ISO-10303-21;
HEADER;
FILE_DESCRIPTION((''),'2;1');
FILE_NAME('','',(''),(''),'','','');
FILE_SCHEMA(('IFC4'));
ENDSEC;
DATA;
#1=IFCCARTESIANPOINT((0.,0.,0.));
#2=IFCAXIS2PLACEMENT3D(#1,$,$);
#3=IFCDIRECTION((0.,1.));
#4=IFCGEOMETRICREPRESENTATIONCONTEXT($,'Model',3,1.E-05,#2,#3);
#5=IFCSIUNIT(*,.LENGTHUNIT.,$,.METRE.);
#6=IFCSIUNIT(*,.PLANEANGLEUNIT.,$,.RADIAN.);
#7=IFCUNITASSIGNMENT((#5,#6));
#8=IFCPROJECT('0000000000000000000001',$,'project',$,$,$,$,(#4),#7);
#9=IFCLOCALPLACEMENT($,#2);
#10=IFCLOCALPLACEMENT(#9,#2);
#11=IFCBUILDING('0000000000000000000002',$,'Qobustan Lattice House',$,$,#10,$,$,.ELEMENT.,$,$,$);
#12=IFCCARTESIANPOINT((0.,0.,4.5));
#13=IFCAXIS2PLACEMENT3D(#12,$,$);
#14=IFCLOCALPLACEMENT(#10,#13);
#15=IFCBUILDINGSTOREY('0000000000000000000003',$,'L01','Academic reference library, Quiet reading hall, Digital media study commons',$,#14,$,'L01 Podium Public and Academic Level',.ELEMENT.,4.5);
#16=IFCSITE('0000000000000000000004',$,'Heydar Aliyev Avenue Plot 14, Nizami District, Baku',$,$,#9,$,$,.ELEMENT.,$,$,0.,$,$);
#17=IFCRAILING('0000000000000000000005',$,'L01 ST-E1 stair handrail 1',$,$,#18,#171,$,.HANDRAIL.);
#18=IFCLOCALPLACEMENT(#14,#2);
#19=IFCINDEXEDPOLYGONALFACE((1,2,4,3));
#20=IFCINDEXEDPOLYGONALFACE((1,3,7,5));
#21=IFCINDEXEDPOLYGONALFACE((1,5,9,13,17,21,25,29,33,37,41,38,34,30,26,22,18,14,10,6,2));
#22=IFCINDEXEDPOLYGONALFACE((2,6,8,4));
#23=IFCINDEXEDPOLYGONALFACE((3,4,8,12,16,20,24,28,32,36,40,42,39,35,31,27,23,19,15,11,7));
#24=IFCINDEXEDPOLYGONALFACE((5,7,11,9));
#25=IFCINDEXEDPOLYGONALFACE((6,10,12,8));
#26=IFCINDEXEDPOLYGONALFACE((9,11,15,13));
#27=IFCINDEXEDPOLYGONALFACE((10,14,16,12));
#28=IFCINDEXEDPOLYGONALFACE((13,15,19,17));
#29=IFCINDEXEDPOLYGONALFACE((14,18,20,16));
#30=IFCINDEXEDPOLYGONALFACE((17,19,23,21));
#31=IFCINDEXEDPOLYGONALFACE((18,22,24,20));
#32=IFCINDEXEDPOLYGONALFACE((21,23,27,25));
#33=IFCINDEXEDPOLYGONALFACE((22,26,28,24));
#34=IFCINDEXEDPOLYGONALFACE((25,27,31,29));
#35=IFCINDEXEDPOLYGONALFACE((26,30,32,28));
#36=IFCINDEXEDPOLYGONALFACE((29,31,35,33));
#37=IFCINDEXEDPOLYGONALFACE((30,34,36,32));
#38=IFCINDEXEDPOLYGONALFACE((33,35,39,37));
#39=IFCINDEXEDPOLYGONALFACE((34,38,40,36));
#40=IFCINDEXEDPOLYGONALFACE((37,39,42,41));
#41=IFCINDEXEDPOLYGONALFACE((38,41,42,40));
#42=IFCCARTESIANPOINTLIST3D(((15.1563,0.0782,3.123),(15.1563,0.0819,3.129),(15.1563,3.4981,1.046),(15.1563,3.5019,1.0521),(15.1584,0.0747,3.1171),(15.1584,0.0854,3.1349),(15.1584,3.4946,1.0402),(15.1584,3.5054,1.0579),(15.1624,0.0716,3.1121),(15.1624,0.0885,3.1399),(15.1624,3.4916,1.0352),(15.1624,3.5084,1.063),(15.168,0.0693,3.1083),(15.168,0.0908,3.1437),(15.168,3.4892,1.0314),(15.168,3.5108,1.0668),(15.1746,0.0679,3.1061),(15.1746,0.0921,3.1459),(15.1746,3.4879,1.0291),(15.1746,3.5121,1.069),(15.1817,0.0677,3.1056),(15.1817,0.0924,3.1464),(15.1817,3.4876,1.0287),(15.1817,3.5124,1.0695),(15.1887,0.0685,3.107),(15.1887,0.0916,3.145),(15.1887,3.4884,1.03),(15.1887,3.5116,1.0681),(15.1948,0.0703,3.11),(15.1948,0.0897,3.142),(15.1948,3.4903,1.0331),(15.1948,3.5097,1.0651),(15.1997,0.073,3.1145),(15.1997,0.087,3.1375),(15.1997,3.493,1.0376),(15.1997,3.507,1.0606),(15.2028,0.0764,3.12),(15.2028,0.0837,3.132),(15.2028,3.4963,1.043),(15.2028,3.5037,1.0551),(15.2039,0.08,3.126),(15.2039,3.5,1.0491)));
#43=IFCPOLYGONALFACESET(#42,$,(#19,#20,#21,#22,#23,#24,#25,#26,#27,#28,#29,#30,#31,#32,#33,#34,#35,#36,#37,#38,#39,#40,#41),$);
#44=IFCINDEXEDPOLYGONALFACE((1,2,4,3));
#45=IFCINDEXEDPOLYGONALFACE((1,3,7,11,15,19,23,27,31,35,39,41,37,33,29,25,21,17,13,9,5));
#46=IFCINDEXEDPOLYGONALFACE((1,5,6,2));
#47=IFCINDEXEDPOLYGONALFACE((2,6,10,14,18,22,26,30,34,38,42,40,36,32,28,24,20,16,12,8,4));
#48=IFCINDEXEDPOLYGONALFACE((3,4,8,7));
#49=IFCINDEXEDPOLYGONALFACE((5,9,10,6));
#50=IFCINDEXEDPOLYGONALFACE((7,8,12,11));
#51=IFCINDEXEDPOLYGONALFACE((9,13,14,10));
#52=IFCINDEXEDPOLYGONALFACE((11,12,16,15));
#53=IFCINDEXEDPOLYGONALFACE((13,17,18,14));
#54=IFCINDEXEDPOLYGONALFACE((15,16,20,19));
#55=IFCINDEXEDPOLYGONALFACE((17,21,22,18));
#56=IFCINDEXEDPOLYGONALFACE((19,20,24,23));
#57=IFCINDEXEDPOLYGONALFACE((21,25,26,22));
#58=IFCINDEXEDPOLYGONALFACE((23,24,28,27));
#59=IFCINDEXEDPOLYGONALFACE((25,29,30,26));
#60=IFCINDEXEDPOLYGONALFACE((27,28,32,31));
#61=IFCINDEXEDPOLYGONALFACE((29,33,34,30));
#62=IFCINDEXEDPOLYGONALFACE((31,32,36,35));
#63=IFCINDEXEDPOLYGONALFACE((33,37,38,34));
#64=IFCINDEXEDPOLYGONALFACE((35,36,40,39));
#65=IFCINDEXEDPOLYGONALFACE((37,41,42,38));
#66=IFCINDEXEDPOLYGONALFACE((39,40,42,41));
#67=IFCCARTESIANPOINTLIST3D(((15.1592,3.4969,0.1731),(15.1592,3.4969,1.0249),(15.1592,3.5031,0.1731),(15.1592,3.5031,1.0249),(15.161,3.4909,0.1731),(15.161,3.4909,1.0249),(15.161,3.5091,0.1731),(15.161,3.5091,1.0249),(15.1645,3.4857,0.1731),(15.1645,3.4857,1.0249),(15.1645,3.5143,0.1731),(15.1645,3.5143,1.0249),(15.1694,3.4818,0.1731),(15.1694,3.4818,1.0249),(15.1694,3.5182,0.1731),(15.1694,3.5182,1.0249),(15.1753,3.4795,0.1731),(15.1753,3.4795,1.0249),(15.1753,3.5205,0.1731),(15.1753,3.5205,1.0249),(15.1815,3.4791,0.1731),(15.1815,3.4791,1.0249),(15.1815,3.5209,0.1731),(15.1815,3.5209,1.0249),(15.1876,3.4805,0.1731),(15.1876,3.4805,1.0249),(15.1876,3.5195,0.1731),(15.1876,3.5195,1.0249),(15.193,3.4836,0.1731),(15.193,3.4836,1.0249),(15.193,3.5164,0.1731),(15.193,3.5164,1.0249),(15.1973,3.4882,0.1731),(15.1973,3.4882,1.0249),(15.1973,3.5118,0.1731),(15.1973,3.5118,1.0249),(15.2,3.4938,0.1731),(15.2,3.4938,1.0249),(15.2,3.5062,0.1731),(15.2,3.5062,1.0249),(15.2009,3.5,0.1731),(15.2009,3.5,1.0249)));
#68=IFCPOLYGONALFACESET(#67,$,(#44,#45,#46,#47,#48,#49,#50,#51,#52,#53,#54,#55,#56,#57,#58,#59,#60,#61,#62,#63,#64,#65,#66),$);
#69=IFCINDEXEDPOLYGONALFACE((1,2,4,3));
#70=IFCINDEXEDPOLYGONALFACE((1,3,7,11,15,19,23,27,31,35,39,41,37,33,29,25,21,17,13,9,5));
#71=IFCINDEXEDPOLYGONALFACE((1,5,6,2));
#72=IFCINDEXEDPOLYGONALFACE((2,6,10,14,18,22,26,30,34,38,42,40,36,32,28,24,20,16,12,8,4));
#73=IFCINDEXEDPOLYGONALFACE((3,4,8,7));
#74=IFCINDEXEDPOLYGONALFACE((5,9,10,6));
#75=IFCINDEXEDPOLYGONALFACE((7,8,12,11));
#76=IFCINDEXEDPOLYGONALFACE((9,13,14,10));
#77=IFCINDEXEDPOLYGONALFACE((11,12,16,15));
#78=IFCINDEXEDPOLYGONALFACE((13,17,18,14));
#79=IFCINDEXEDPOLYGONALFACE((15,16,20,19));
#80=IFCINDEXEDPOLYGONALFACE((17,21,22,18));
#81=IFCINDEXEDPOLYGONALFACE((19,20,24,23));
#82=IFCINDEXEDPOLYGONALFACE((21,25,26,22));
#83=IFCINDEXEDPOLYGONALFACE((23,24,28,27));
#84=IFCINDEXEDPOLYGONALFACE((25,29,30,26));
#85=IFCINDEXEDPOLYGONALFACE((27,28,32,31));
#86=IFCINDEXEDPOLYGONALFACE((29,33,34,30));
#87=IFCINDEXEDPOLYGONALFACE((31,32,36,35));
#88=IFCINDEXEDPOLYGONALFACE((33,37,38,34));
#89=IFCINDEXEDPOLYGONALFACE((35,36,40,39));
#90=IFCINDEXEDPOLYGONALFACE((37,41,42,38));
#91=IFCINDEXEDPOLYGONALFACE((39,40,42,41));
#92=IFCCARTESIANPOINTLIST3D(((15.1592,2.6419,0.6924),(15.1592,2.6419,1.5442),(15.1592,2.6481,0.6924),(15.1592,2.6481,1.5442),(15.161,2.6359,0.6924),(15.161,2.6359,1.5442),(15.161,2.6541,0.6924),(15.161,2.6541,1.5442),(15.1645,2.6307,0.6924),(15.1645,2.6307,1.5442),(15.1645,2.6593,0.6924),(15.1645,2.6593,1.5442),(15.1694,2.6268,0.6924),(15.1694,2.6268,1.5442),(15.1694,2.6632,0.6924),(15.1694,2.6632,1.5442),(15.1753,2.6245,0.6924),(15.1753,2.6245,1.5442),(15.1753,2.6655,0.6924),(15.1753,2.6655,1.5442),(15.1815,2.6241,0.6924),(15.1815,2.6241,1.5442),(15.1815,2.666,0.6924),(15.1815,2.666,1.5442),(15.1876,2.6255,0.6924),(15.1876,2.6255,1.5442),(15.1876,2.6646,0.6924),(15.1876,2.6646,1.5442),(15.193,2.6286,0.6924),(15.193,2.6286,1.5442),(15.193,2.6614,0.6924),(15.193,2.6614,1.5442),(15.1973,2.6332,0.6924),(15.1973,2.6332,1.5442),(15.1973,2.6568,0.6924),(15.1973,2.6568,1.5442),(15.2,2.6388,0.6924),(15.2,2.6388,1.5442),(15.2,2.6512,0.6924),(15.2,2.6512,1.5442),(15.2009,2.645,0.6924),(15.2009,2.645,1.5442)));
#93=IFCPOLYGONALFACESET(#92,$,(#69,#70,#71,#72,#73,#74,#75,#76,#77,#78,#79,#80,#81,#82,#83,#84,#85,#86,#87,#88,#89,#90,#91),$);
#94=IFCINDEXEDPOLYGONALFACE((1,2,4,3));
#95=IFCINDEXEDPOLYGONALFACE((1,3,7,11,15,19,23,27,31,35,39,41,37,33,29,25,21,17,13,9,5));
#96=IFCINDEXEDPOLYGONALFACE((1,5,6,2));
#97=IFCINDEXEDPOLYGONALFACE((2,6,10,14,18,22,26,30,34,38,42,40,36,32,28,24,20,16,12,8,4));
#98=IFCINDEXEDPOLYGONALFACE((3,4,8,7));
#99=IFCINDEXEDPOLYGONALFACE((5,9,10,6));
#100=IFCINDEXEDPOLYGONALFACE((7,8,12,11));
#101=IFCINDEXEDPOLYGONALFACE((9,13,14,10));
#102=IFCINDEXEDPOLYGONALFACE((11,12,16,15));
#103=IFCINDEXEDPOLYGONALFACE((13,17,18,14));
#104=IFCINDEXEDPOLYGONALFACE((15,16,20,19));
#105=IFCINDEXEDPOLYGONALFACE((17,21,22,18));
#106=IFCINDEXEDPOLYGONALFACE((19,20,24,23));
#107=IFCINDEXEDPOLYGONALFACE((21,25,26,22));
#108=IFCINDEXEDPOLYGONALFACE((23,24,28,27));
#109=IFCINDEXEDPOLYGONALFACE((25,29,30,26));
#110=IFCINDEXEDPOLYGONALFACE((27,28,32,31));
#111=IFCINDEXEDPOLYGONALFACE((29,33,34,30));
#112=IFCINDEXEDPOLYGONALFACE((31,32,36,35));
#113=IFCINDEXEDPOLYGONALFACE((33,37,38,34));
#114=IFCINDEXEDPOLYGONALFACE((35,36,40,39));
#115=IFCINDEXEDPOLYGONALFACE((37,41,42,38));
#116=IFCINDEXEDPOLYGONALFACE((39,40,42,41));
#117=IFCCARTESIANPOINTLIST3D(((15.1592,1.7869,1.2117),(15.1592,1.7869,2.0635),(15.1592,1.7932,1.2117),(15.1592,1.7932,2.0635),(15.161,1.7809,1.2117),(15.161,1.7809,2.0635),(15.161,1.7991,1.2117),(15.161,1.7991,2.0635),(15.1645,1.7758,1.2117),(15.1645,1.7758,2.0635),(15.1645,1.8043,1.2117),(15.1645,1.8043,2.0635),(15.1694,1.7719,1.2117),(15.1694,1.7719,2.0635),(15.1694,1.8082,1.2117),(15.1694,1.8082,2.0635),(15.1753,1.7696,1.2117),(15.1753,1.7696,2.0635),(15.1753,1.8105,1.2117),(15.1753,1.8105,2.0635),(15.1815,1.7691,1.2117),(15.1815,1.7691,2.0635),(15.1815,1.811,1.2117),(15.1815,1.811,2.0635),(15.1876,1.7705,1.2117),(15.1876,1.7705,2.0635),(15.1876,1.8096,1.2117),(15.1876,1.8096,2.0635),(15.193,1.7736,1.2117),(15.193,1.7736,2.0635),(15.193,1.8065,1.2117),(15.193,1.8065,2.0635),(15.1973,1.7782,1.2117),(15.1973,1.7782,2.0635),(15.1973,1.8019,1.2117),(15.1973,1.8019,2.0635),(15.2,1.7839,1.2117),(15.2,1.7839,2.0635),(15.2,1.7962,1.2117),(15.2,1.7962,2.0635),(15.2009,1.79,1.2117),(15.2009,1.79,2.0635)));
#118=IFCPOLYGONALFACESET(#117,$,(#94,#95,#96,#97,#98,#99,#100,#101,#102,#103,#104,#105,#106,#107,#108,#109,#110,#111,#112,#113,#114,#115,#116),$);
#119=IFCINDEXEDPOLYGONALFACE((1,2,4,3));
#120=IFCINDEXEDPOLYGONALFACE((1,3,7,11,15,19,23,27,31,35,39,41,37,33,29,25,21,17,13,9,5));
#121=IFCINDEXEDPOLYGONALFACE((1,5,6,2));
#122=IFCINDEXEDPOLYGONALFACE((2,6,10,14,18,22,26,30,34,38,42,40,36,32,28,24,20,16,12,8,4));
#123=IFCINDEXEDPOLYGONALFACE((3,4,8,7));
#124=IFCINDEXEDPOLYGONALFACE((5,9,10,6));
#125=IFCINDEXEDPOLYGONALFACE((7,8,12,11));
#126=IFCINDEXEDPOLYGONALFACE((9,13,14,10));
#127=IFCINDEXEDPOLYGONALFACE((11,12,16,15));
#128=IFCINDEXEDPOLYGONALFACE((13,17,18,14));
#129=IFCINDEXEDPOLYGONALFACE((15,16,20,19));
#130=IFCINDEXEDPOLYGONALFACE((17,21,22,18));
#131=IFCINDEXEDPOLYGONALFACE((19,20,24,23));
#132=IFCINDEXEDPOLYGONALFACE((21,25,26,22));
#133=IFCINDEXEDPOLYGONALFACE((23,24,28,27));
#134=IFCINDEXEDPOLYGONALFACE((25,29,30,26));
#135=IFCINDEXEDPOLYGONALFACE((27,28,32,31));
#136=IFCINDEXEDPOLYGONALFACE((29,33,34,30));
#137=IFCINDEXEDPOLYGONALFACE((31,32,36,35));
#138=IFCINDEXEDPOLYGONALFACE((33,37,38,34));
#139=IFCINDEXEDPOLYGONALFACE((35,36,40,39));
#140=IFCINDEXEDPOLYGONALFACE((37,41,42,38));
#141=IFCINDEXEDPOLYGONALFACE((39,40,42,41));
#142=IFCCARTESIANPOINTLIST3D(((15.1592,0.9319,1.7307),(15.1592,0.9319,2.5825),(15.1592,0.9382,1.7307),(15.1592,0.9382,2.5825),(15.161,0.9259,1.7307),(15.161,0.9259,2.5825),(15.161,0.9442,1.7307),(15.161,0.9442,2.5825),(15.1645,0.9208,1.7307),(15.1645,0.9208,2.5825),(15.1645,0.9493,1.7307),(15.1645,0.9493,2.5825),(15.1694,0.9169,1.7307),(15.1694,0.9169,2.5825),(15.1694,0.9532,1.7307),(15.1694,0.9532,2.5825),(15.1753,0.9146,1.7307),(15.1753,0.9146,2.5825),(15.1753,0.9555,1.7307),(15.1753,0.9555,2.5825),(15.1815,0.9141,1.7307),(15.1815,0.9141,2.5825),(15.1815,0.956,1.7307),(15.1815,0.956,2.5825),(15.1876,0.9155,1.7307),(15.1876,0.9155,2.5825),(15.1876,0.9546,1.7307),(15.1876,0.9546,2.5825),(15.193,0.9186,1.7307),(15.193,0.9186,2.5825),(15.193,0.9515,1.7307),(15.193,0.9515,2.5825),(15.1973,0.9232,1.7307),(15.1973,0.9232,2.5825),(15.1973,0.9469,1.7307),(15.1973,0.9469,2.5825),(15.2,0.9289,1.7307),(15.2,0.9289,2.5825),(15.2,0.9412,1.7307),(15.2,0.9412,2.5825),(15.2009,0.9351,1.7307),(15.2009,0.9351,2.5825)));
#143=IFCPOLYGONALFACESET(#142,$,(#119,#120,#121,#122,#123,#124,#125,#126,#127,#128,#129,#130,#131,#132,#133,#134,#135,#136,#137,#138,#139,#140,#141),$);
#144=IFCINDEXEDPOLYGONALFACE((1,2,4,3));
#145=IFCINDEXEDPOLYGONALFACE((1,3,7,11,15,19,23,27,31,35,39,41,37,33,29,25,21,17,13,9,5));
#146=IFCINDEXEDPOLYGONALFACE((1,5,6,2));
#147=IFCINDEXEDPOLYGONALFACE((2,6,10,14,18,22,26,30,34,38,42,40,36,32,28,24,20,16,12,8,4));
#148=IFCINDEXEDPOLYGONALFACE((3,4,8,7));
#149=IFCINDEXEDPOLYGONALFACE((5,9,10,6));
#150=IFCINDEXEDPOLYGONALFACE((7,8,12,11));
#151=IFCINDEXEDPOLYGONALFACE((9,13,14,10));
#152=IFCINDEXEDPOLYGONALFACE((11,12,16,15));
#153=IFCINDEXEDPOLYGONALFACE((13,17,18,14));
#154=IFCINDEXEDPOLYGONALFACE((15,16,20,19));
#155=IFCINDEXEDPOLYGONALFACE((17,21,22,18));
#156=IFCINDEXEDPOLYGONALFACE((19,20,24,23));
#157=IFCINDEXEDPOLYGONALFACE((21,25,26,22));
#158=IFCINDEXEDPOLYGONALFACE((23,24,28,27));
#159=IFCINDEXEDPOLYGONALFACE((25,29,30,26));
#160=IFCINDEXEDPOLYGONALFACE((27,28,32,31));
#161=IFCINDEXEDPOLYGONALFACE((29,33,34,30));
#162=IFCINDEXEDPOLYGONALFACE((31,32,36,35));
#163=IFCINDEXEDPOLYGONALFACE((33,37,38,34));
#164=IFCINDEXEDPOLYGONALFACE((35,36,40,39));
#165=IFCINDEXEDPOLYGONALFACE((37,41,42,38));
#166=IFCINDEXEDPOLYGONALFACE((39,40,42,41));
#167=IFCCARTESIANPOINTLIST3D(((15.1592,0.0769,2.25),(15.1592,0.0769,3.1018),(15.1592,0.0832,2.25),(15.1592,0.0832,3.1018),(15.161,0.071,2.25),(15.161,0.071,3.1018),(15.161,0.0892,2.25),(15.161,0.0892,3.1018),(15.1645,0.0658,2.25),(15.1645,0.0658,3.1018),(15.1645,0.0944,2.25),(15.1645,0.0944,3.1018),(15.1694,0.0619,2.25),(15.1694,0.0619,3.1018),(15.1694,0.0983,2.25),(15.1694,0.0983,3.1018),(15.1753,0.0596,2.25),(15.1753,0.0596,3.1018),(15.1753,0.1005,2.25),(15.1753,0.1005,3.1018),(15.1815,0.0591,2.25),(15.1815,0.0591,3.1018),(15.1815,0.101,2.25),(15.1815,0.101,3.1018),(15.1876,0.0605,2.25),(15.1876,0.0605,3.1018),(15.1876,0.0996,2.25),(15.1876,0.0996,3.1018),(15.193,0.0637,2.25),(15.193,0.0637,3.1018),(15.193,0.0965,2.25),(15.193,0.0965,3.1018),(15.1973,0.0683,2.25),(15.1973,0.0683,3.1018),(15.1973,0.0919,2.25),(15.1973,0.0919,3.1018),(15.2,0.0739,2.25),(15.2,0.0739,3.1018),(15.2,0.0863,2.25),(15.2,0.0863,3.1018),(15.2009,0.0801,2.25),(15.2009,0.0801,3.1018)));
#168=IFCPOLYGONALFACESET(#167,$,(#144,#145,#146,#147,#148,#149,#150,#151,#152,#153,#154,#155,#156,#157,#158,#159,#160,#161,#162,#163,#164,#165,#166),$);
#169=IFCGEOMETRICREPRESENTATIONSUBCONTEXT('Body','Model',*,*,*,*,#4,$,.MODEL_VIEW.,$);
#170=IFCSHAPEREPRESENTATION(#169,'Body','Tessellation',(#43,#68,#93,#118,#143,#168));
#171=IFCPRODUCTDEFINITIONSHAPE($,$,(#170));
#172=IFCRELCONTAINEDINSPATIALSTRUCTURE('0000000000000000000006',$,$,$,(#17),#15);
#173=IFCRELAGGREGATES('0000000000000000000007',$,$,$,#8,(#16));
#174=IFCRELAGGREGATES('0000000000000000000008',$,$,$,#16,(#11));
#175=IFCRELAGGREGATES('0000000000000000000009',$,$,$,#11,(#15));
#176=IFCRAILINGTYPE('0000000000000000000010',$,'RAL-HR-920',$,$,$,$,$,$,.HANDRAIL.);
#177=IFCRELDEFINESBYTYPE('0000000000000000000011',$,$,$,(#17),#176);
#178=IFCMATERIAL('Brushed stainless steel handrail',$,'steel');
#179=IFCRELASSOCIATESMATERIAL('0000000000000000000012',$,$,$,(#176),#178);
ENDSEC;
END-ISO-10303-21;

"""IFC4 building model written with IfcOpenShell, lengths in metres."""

from ifc_helpers import new_model, si_unit, direction, frame, origin, origin_2d, place, context, subcontext, project, spatial, circle, extrude, material, type_object, element, save


model = new_model("IFC4")

# Units and contexts
model_context = context("Model", 3, precision=1e-05, world=origin(), true_north=direction((0.0, 1.0)))
body_context = subcontext(model_context, "Body", "Model", "MODEL_VIEW")
ifc_project = project(units=[si_unit("LENGTHUNIT", "METRE"), si_unit("PLANEANGLEUNIT", "RADIAN")], contexts=[model_context])

# Site, building, storey
site_placement = place(None, origin())
site = spatial("IfcSite", under=ifc_project, at=site_placement, Name="Heydar Aliyev Avenue Plot 14, Nizami District, Baku", CompositionType="ELEMENT", RefElevation=0.0)
building_placement = place(site_placement, origin())
building = spatial("IfcBuilding", under=site, at=building_placement, Name="Qobustan Lattice House", CompositionType="ELEMENT")
storey_placement = place(building_placement, frame((0.0, 0.0, 4.5)))
storey = spatial("IfcBuildingStorey", under=building, at=storey_placement, Name="L01", Description="Academic reference library, Quiet reading hall, Digital media study commons", LongName="L01 Podium Public and Academic Level", CompositionType="ELEMENT", Elevation=4.5)

# Railing
ifc_material_1 = material(Name="Brushed stainless steel handrail", Category="steel")
railing_type_1 = type_object("IfcRailingType", Name="RAL-HR-920", PredefinedType="HANDRAIL", material=ifc_material_1)
railing_1_placement = place(storey_placement, frame((15.1799, 3.5, 0.1731)))
element("IfcRailing", 1, at=railing_1_placement, inside=storey, type_object=railing_type_1, Name="L01 ST-E1 stair handrail 1", PredefinedType="HANDRAIL", context=body_context, shape_type="SweptSolid", body=[
    extrude(circle(Radius=0.0239, at=origin_2d()), frame((0.0, 0.0, 0.876), z_axis=(0.0, -0.85473, 0.519074), x_axis=(1.0, 0.0, 0.0)), (0.0, 0.0, 1.0), 4.0012),
    extrude(circle(Radius=0.021, at=origin_2d()), origin(), (0.0, 0.0, 1.0), 0.8518),
    extrude(circle(Radius=0.021, at=origin_2d()), frame((0.0, -0.855, 0.5193)), (0.0, 0.0, 1.0), 0.8518),
    extrude(circle(Radius=0.021, at=origin_2d()), frame((0.0, -1.71, 1.0386)), (0.0, 0.0, 1.0), 0.8518),
    extrude(circle(Radius=0.021, at=origin_2d()), frame((0.0, -2.5649, 1.5576)), (0.0, 0.0, 1.0), 0.8518),
    extrude(circle(Radius=0.021, at=origin_2d()), frame((0.0, -3.4199, 2.0769)), (0.0, 0.0, 1.0), 0.8518),
])

save(model, "model.ifc")
